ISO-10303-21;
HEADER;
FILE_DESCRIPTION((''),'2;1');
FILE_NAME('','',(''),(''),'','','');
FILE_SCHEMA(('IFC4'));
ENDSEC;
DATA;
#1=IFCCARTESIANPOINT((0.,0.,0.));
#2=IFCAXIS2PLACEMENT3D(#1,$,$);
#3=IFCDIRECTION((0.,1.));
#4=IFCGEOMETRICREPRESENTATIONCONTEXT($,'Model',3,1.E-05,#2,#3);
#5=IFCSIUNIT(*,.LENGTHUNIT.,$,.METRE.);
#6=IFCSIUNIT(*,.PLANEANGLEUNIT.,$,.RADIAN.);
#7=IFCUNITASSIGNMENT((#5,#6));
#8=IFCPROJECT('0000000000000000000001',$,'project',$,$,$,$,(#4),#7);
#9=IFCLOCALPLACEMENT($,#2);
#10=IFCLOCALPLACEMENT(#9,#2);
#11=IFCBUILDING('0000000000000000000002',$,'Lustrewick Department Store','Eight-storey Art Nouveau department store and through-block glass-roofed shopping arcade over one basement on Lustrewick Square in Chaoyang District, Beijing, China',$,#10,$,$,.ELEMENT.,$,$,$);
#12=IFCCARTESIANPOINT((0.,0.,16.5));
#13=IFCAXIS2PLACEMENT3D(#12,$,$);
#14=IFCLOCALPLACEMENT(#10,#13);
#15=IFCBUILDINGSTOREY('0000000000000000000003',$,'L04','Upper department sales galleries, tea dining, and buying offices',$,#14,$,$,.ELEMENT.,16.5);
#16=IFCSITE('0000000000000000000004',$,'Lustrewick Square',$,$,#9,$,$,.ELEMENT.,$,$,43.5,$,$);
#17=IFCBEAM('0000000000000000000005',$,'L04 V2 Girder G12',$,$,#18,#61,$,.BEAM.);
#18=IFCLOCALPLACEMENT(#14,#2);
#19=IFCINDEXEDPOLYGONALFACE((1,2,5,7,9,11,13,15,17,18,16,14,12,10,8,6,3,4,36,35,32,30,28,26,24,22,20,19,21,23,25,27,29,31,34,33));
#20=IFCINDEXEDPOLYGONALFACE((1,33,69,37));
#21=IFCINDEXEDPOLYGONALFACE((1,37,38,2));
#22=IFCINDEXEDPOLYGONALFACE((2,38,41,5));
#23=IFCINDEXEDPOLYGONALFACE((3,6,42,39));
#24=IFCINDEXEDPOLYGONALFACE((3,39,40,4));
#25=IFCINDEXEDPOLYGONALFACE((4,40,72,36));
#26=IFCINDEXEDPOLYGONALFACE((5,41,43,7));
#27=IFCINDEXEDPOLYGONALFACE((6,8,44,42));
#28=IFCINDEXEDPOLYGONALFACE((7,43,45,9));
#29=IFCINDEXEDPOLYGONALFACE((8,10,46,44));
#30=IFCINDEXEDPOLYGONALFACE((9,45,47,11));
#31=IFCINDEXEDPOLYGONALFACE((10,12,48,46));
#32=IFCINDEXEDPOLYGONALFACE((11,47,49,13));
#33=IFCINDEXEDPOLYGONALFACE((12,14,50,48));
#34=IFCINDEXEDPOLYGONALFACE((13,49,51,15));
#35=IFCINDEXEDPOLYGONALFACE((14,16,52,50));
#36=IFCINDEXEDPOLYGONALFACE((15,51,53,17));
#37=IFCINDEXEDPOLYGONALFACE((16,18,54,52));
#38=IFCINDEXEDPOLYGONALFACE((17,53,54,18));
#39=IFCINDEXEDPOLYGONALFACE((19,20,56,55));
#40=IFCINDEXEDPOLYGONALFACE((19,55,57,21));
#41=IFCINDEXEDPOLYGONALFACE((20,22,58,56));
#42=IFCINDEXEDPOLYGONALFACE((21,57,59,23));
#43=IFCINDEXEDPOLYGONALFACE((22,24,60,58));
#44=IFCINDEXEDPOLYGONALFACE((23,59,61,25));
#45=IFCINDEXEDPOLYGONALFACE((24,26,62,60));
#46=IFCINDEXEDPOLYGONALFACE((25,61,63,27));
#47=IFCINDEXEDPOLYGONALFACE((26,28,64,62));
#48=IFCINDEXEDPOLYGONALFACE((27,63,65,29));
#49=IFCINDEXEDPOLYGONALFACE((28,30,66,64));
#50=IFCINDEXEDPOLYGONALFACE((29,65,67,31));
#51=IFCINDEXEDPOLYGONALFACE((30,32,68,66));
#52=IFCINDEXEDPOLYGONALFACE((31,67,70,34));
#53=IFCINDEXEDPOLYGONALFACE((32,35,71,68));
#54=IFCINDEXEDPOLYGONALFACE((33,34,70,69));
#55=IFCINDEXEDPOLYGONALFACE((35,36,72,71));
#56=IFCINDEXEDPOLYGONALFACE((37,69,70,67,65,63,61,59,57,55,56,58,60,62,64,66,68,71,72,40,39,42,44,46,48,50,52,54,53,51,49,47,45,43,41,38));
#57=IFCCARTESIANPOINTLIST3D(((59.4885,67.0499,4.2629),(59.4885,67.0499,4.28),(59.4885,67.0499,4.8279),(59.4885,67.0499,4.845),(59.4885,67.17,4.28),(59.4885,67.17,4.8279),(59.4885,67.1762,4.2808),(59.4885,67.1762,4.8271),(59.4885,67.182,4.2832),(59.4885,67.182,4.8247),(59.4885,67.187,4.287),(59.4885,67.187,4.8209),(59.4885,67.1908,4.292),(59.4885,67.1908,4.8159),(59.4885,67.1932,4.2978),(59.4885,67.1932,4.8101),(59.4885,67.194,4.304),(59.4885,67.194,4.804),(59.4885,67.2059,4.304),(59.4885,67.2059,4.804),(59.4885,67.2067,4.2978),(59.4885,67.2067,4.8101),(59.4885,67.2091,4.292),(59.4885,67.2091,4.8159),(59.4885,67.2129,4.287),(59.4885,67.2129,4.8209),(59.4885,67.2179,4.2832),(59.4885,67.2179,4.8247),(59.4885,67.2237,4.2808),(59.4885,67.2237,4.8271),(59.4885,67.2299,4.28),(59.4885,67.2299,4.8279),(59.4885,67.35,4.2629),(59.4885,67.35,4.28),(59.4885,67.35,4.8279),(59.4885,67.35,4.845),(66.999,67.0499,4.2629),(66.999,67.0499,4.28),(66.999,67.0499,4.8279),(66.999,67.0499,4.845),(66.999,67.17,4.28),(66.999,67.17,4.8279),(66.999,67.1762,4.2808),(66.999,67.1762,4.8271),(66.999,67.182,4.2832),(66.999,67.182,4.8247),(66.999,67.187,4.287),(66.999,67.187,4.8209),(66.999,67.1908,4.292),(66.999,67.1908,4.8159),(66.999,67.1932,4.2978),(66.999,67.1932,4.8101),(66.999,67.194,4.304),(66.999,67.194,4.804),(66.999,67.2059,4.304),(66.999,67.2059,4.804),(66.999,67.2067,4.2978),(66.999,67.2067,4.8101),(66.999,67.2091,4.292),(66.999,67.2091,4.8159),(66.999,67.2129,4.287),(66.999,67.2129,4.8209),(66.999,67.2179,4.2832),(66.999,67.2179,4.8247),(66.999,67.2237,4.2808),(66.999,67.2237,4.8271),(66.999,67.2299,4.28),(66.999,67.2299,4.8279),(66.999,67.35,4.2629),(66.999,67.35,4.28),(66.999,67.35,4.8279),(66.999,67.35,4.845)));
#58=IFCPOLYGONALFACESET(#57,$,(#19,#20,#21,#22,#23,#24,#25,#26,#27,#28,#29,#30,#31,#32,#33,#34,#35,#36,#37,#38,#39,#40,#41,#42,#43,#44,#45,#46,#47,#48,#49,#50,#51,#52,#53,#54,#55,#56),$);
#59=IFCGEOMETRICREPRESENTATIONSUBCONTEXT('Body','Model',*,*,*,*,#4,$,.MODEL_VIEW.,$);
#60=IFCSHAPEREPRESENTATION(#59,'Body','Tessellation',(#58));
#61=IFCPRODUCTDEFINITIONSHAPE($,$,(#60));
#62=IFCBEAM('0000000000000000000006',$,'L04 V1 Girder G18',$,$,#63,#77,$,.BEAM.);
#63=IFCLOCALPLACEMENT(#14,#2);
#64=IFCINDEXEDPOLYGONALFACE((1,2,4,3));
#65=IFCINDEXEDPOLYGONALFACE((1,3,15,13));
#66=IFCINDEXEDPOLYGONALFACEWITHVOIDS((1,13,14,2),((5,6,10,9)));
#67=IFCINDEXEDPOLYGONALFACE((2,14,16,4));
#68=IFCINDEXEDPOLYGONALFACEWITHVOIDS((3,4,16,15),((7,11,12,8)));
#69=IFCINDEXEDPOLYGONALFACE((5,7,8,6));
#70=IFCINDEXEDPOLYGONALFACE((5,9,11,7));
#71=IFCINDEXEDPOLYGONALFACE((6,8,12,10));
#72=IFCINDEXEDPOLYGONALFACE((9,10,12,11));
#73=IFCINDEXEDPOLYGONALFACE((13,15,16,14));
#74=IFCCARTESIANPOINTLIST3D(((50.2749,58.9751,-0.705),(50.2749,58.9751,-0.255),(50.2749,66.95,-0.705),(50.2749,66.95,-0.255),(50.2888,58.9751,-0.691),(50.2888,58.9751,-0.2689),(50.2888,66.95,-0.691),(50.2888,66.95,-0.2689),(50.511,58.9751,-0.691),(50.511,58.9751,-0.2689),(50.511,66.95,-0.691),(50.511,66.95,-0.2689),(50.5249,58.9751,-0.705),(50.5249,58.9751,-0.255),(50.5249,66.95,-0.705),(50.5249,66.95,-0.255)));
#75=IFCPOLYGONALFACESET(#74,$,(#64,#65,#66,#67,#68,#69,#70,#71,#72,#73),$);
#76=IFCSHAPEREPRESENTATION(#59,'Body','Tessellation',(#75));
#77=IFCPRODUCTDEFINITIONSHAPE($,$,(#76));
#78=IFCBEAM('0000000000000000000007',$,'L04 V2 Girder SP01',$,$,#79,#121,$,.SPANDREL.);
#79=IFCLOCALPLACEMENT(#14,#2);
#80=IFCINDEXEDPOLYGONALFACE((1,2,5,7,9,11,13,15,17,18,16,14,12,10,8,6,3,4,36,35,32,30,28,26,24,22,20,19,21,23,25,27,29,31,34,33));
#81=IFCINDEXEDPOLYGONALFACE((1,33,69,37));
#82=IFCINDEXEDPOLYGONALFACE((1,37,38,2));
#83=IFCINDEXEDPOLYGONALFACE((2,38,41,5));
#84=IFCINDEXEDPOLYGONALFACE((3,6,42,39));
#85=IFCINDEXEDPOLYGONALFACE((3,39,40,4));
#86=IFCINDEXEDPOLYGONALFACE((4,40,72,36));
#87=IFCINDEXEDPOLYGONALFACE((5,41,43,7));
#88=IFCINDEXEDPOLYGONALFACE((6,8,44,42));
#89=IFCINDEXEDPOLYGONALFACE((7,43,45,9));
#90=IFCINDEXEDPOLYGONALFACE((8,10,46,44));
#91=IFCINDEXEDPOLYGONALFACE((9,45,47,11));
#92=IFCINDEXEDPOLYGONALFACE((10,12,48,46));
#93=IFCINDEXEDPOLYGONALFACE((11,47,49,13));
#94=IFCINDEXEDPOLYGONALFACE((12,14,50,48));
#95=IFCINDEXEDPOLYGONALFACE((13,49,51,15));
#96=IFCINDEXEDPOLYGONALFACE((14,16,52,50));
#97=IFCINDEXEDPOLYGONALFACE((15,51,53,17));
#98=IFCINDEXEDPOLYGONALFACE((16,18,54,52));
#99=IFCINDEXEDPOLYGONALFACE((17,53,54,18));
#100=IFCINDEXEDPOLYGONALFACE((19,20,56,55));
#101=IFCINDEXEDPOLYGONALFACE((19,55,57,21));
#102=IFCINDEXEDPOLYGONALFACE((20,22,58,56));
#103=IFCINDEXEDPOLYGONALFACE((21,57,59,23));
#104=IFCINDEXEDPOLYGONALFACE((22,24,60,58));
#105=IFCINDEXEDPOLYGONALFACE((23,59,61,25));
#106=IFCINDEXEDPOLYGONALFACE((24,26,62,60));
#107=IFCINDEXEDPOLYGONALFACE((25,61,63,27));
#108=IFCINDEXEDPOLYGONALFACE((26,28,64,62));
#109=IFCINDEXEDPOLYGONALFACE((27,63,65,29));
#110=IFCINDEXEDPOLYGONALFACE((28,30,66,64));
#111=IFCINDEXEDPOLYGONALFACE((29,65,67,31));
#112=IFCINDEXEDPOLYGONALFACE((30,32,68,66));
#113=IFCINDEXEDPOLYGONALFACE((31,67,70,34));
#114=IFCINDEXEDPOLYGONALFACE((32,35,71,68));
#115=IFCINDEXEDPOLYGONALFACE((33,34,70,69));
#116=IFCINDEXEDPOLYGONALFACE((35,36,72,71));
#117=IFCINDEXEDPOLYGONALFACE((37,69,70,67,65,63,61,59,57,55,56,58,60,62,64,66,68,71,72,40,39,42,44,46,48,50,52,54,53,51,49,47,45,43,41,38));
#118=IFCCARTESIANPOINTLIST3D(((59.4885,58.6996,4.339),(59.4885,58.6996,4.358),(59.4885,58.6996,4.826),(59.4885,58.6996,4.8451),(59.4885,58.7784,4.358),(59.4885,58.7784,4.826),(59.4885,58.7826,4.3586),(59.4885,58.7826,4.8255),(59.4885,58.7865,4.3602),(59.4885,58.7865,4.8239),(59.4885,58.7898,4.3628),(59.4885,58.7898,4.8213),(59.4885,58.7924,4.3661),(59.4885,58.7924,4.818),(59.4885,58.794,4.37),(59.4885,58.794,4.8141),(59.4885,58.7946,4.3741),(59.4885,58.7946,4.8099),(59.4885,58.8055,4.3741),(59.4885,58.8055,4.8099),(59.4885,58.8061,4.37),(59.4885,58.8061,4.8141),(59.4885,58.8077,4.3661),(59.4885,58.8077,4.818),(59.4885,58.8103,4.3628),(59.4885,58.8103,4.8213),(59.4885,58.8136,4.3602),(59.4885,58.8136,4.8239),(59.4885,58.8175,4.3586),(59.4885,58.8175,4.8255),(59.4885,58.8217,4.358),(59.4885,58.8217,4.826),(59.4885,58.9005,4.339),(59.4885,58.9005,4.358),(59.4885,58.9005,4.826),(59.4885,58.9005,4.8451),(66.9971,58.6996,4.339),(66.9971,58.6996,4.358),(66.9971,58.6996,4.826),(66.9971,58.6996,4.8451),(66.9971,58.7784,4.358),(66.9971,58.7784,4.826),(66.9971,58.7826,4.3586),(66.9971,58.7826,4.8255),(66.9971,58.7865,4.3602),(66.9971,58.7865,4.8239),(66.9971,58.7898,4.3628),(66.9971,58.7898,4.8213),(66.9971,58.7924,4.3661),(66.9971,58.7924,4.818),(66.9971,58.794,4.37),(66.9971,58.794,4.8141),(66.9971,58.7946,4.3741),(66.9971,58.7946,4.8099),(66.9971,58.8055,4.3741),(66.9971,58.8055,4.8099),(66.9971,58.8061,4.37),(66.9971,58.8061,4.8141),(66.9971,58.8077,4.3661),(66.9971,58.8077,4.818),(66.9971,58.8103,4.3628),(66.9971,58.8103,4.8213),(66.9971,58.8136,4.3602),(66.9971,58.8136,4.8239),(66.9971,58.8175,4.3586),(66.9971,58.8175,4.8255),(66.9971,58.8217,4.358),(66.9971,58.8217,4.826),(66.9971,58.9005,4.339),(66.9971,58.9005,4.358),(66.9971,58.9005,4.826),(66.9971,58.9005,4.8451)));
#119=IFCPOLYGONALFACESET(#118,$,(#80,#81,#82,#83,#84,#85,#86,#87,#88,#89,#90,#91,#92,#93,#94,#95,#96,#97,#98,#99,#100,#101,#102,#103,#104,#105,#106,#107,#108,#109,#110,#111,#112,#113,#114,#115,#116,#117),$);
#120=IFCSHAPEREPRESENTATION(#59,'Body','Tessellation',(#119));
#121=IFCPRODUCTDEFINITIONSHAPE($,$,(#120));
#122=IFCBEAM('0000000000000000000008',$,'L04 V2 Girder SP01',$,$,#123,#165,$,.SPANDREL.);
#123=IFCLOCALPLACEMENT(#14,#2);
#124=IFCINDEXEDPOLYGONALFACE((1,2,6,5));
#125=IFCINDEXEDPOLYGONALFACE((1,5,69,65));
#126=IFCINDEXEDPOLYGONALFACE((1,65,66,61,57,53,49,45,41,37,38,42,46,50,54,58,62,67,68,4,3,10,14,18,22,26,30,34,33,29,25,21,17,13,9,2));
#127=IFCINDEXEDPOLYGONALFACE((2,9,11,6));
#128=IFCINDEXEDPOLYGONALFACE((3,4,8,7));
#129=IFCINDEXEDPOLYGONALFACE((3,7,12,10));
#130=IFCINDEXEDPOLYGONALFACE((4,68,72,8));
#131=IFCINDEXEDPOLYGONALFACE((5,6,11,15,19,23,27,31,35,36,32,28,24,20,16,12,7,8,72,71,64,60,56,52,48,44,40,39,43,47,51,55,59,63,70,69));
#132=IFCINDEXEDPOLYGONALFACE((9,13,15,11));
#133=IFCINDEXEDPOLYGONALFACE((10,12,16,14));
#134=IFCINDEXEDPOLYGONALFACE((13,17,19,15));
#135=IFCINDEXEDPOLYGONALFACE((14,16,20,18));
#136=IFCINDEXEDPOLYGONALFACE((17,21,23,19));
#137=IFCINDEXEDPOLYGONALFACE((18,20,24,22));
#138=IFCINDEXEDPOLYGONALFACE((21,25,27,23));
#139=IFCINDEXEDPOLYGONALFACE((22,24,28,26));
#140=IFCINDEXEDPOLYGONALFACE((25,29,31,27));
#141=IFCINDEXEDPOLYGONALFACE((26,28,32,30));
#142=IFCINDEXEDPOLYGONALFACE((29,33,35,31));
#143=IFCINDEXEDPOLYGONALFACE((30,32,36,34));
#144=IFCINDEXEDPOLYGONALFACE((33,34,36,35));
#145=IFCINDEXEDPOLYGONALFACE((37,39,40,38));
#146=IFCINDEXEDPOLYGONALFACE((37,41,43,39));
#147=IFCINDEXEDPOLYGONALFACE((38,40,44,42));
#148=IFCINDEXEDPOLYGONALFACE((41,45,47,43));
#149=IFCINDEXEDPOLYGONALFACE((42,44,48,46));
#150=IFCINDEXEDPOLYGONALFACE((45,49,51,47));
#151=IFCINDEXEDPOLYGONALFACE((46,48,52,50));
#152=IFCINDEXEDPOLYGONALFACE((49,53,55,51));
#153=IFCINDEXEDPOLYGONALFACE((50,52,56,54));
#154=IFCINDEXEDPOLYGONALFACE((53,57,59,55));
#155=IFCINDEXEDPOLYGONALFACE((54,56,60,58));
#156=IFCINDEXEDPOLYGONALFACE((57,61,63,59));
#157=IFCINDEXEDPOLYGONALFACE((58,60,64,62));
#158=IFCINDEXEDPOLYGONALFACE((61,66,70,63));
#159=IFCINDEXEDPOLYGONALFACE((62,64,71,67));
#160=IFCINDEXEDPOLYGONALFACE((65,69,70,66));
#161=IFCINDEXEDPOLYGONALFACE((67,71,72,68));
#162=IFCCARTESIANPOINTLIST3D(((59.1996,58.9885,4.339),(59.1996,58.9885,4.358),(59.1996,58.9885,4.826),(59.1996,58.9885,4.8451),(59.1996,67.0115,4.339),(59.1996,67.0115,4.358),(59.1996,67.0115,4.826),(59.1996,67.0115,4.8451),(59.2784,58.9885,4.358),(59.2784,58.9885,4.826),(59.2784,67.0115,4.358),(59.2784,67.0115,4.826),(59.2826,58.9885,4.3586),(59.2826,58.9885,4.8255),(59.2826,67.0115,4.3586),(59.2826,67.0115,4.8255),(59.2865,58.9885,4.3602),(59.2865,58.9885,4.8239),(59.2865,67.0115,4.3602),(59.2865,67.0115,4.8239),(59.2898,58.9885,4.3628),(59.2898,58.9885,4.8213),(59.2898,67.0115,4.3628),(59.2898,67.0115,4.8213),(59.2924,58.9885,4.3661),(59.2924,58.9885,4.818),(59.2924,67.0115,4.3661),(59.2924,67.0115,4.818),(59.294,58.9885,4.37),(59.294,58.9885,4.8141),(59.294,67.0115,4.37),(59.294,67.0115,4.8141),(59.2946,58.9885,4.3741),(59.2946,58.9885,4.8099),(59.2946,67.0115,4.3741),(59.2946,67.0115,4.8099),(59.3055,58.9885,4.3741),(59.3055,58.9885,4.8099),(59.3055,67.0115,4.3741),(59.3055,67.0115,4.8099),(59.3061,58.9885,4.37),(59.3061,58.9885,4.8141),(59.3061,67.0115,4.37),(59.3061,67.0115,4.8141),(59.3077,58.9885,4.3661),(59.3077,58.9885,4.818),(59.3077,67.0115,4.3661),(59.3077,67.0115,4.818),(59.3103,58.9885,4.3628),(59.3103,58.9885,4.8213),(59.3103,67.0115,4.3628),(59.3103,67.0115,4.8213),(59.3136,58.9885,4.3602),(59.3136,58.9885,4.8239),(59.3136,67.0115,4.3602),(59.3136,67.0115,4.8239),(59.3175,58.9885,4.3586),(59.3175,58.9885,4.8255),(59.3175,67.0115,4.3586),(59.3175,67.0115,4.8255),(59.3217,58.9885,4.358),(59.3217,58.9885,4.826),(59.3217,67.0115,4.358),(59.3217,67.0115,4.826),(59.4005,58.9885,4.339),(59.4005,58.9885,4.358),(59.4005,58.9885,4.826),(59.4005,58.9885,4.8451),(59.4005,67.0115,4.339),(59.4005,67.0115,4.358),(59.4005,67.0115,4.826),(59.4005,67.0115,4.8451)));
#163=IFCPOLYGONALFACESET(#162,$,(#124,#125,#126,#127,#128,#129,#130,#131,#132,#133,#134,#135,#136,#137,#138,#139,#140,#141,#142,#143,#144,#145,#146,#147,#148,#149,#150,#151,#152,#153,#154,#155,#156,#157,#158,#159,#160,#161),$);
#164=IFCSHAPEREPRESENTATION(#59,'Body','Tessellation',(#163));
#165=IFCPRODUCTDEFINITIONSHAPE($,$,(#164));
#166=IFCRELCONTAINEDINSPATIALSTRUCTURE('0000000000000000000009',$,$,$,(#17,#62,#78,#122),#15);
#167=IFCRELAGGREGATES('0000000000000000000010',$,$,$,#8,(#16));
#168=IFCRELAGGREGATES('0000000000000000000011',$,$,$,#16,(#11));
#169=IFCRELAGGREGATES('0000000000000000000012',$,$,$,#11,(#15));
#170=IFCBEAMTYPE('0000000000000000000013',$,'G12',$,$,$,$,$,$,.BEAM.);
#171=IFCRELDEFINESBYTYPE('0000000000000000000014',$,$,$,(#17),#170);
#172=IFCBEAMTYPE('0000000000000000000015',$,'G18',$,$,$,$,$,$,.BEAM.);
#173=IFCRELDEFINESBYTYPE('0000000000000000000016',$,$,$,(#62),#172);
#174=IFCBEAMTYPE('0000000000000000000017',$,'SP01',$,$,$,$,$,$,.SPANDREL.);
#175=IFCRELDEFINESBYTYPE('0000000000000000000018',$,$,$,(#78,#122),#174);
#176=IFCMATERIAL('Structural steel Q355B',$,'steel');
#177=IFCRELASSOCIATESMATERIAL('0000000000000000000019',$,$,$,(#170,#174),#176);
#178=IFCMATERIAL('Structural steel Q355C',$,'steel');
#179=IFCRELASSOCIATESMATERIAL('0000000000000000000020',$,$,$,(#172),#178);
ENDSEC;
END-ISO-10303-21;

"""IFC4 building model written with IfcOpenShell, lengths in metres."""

from ifc_helpers import new_model, si_unit, direction, frame, origin, origin_2d, place, context, subcontext, project, spatial, hollow_rectangle, i_section, extrude, material, material_profile, profile_set, type_object, element, save


model = new_model("IFC4")

# Units and contexts
model_context = context("Model", 3, precision=1e-05, world=origin(), true_north=direction((0.0, 1.0)))
body_context = subcontext(model_context, "Body", "Model", "MODEL_VIEW")
ifc_project = project(units=[si_unit("LENGTHUNIT", "METRE"), si_unit("PLANEANGLEUNIT", "RADIAN")], contexts=[model_context])

# Site, building, storey
site_placement = place(None, origin())
site = spatial("IfcSite", under=ifc_project, at=site_placement, Name="Lustrewick Square", CompositionType="ELEMENT", RefElevation=43.5)
building_placement = place(site_placement, origin())
building = spatial("IfcBuilding", under=site, at=building_placement, Name="Lustrewick Department Store", Description="Eight-storey Art Nouveau department store and through-block glass-roofed shopping arcade over one basement on Lustrewick Square in Chaoyang District, Beijing, China", CompositionType="ELEMENT")
storey_placement = place(building_placement, frame((0.0, 0.0, 16.5)))
storey = spatial("IfcBuildingStorey", under=building, at=storey_placement, Name="L04", Description="Upper department sales galleries, tea dining, and buying offices", CompositionType="ELEMENT", Elevation=16.5)

# Shared definitions
ifc_material_1 = material(Name="Structural steel Q355B", Category="steel")

# Beams
ifc_material_2 = material(Name="Structural steel Q355C", Category="steel")
ifc_material_profile_1 = material_profile(ifc_material_1, i_section(OverallWidth=0.3, OverallDepth=0.582, WebThickness=0.012, FlangeThickness=0.0171, FilletRadius=0.0239, at=origin_2d()), Name="HM 582x300x12x17")
ifc_profile_set_1 = profile_set([ifc_material_profile_1], Name="Structural steel Q355B")
beam_type_1 = type_object("IfcBeamType", Name="G12", PredefinedType="BEAM", material=ifc_profile_set_1)
beam_1_placement = place(storey_placement, frame((59.4885, 67.2, 4.554), z_axis=(1.0, 0.0, 0.0), x_axis=(0.0, 1.0, 0.0)))
element("IfcBeam", 1, at=beam_1_placement, inside=storey, type_object=beam_type_1, Name="L04 V2 Girder G12", PredefinedType="BEAM", context=body_context, shape_type="SweptSolid", body=[
    extrude(i_section(OverallWidth=0.3, OverallDepth=0.582, WebThickness=0.012, FlangeThickness=0.0171, FilletRadius=0.0239, at=origin_2d()), origin(), (0.0, 0.0, 1.0), 7.5105),
])
ifc_material_profile_2 = material_profile(ifc_material_2, hollow_rectangle(XDim=0.25, YDim=0.45, WallThickness=0.0139, at=origin_2d()), Name="RHS 450x250x14")
ifc_profile_set_2 = profile_set([ifc_material_profile_2], Name="Structural steel Q355C")
beam_type_2 = type_object("IfcBeamType", Name="G18", PredefinedType="BEAM", material=ifc_profile_set_2)
beam_2_placement = place(storey_placement, frame((50.3999, 58.9751, -0.48), z_axis=(0.0, 1.0, 0.0), x_axis=(-1.0, 0.0, 0.0)))
element("IfcBeam", 2, at=beam_2_placement, inside=storey, type_object=beam_type_2, Name="L04 V1 Girder G18", PredefinedType="BEAM", context=body_context, shape_type="SweptSolid", body=[
    extrude(hollow_rectangle(XDim=0.25, YDim=0.45, WallThickness=0.0139, at=origin_2d()), origin(), (0.0, 0.0, 1.0), 7.9749),
])
ifc_material_profile_3 = material_profile(ifc_material_1, i_section(OverallWidth=0.2009, OverallDepth=0.5061, WebThickness=0.011, FlangeThickness=0.019, FilletRadius=0.0161, at=origin_2d()), Name="HN 506x201x11x19")
ifc_profile_set_3 = profile_set([ifc_material_profile_3], Name="Structural steel Q355B")
beam_type_3 = type_object("IfcBeamType", Name="SP01", PredefinedType="SPANDREL", material=ifc_profile_set_3)
beam_3_placement = place(storey_placement, frame((59.4885, 58.8, 4.592), z_axis=(1.0, 0.0, 0.0), x_axis=(0.0, 1.0, 0.0)))
element("IfcBeam", 3, at=beam_3_placement, inside=storey, type_object=beam_type_3, Name="L04 V2 Girder SP01", PredefinedType="SPANDREL", context=body_context, shape_type="SweptSolid", body=[
    extrude(i_section(OverallWidth=0.2009, OverallDepth=0.5061, WebThickness=0.011, FlangeThickness=0.019, FilletRadius=0.0161, at=origin_2d()), origin(), (0.0, 0.0, 1.0), 7.5085),
])
beam_4_placement = place(storey_placement, frame((59.3, 58.9885, 4.592), z_axis=(0.0, 1.0, 0.0), x_axis=(-1.0, 0.0, 0.0)))
element("IfcBeam", 4, at=beam_4_placement, inside=storey, type_object=beam_type_3, Name="L04 V2 Girder SP01", PredefinedType="SPANDREL", context=body_context, shape_type="SweptSolid", body=[
    extrude(i_section(OverallWidth=0.2009, OverallDepth=0.5061, WebThickness=0.011, FlangeThickness=0.019, FilletRadius=0.0161, at=origin_2d()), origin(), (0.0, 0.0, 1.0), 8.0229),
])

save(model, "model.ifc")
